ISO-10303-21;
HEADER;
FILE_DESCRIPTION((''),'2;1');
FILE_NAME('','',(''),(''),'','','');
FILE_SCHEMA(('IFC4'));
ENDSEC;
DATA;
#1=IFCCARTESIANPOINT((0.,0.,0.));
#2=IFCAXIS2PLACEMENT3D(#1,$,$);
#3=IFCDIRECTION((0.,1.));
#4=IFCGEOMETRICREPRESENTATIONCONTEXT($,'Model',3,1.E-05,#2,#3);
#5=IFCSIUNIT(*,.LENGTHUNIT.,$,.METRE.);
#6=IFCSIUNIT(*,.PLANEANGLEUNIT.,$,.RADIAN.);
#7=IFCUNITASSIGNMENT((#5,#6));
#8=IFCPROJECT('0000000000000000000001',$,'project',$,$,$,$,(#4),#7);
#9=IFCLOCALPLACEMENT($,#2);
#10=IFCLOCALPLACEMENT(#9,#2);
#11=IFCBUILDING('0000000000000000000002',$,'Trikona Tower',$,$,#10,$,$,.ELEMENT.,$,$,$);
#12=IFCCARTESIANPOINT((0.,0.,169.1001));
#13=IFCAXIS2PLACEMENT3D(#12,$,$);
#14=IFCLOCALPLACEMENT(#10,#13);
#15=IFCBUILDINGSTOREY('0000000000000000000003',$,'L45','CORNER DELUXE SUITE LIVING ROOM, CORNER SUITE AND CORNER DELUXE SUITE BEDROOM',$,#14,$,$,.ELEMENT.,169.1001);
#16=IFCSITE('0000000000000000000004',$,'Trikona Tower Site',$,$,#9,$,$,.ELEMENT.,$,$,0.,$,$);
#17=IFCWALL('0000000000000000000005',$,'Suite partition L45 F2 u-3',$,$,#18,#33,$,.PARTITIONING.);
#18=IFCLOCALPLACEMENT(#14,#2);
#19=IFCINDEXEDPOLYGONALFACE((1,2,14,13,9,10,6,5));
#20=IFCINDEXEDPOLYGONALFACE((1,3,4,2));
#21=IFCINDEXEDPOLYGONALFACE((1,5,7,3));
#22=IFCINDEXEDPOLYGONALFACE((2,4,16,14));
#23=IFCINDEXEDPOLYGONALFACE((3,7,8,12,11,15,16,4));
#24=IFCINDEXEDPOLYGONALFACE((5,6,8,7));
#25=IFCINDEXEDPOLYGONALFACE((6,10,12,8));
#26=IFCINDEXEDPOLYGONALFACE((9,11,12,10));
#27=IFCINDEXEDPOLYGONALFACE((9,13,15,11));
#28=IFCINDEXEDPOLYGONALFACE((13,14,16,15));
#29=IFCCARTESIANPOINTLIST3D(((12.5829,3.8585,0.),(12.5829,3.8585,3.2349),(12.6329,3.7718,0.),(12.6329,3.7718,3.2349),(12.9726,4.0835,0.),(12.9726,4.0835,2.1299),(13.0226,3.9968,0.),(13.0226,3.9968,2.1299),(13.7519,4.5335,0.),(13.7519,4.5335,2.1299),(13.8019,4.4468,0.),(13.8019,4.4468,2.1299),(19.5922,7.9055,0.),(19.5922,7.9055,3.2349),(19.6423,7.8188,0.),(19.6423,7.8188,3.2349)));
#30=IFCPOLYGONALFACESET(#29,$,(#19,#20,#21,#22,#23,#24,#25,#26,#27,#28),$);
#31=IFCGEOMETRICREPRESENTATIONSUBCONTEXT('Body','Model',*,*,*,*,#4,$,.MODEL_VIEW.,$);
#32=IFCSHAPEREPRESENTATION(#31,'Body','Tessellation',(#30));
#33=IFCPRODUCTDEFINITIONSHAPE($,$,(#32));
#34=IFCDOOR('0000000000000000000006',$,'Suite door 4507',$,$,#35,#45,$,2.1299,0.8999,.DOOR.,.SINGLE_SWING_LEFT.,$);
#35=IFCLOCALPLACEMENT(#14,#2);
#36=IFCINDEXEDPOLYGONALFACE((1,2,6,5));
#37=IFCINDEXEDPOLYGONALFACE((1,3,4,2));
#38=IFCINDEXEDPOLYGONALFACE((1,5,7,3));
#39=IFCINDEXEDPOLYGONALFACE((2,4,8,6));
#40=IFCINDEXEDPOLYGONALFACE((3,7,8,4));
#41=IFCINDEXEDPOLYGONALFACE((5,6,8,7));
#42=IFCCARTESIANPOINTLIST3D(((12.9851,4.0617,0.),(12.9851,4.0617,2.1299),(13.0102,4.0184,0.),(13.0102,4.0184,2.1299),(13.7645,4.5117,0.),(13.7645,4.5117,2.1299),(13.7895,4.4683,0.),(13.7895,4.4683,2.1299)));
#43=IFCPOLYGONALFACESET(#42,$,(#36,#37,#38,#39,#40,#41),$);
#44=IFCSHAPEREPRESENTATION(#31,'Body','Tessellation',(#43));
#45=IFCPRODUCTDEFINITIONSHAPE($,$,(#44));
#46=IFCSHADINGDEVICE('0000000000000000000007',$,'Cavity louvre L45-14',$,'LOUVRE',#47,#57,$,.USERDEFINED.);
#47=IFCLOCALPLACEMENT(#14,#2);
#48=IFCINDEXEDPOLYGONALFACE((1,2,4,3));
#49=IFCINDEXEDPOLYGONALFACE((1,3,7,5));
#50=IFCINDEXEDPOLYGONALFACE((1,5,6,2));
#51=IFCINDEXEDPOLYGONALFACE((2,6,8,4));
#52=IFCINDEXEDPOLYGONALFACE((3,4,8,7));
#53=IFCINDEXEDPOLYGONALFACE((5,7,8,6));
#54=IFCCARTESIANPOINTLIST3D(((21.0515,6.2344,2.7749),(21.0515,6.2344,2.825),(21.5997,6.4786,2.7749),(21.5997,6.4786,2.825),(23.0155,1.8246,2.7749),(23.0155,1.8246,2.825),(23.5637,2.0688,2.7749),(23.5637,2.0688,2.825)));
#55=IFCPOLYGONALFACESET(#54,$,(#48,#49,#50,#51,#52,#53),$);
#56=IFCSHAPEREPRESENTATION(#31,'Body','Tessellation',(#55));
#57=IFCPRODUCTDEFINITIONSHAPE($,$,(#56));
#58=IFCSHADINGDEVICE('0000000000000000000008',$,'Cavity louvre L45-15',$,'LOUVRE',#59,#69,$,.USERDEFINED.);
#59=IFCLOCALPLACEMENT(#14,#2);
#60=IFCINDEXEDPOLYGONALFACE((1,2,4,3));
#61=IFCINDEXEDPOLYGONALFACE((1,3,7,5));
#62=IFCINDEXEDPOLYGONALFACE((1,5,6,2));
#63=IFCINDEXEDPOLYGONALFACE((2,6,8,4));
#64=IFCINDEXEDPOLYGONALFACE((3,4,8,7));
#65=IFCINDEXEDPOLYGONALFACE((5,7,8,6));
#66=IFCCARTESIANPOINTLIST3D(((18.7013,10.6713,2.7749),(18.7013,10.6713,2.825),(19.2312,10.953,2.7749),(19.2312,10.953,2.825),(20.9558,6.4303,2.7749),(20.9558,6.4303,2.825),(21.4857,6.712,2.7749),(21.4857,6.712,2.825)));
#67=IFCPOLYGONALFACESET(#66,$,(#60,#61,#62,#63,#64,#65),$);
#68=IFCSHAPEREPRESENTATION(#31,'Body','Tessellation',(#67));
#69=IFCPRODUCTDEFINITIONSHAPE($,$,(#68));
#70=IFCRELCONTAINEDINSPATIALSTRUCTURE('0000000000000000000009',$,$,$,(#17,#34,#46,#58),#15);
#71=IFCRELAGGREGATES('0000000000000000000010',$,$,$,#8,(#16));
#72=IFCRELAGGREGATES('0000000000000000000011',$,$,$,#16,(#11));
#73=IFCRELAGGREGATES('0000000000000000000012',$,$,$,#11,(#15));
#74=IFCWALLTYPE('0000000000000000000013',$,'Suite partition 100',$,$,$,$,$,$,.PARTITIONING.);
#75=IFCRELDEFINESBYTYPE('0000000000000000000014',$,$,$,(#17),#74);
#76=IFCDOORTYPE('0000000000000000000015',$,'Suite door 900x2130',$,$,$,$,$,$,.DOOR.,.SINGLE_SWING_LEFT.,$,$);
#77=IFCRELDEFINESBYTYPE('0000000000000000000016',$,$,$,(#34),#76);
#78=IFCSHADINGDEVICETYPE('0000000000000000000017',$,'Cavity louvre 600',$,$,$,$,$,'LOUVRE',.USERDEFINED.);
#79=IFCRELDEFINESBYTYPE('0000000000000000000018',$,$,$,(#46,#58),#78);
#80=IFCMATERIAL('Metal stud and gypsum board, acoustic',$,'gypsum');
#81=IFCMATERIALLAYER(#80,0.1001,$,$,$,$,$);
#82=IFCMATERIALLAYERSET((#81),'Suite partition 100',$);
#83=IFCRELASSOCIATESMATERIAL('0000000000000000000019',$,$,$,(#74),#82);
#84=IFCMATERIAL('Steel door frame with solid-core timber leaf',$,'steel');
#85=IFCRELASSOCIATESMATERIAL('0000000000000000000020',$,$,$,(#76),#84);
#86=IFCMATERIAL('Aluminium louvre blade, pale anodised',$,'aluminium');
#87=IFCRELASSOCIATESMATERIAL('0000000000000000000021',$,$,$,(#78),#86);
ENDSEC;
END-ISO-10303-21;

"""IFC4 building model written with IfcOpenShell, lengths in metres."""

from ifc_helpers import new_model, si_unit, direction, frame, frame_2d, origin, origin_2d, place, context, subcontext, project, spatial, rectangle, extrude, material, layer, layer_set, type_object, element, fill, save


model = new_model("IFC4")

# Units and contexts
model_context = context("Model", 3, precision=1e-05, world=origin(), true_north=direction((0.0, 1.0)))
body_context = subcontext(model_context, "Body", "Model", "MODEL_VIEW")
ifc_project = project(units=[si_unit("LENGTHUNIT", "METRE"), si_unit("PLANEANGLEUNIT", "RADIAN")], contexts=[model_context])

# Site, building, storey
site_placement = place(None, origin())
site = spatial("IfcSite", under=ifc_project, at=site_placement, Name="Trikona Tower Site", CompositionType="ELEMENT", RefElevation=0.0)
building_placement = place(site_placement, origin())
building = spatial("IfcBuilding", under=site, at=building_placement, Name="Trikona Tower", CompositionType="ELEMENT")
storey_placement = place(building_placement, frame((0.0, 0.0, 169.1001)))
storey = spatial("IfcBuildingStorey", under=building, at=storey_placement, Name="L45", Description="CORNER DELUXE SUITE LIVING ROOM, CORNER SUITE AND CORNER DELUXE SUITE BEDROOM", CompositionType="ELEMENT", Elevation=169.1001)

# Wall, opening, door
ifc_material_1 = material(Name="Metal stud and gypsum board, acoustic", Category="gypsum")
ifc_layer_1 = layer(ifc_material_1, 0.1001)
ifc_layer_set_1 = layer_set([ifc_layer_1], Name="Suite partition 100")
wall_type_1 = type_object("IfcWallType", Name="Suite partition 100", PredefinedType="PARTITIONING", material=ifc_layer_set_1)
wall_1_placement = place(storey_placement, frame((12.6079, 3.8152, 0.0), z_axis=(0.0, 0.0, 1.0), x_axis=(0.866022, 0.500006, 0.0)))
wall_1 = element("IfcWall", 1, at=wall_1_placement, inside=storey, type_object=wall_type_1, Name="Suite partition L45 F2 u-3", PredefinedType="PARTITIONING", context=body_context, shape_type="SweptSolid", body=[
    extrude(rectangle(XDim=8.0938, YDim=0.1001, at=frame_2d((4.0469, 0.0))), origin(), (0.0, 0.0, 1.0), 3.2349),
])
opening_1_placement = place(wall_1_placement, frame((0.45, 0.0, 0.0)))
opening_1 = element("IfcOpeningElement", 2, at=opening_1_placement, cuts=wall_1, PredefinedType="OPENING", context=body_context, shape_type="SweptSolid", body=[
    extrude(rectangle(XDim=0.8999, YDim=2.1299, at=frame_2d((0.45, 1.0649))), frame((0.0, 0.0601, 0.0), z_axis=(0.0, -1.0, 0.0), x_axis=(1.0, 0.0, 0.0)), (0.0, 0.0, 1.0), 0.1201),
])
ifc_material_2 = material(Name="Steel door frame with solid-core timber leaf", Category="steel")
door_type = type_object("IfcDoorType", Name="Suite door 900x2130", OperationType="SINGLE_SWING_LEFT", PredefinedType="DOOR", material=ifc_material_2)
door_placement = place(opening_1_placement, origin())
door = element("IfcDoor", 3, at=door_placement, inside=storey, type_object=door_type, Name="Suite door 4507", OperationType="SINGLE_SWING_LEFT", OverallHeight=2.1299, OverallWidth=0.8999, PredefinedType="DOOR", context=body_context, shape_type="SweptSolid", body=[
    extrude(rectangle(XDim=0.8999, YDim=2.1299, at=frame_2d((0.45, 1.0649))), frame((0.0, 0.0249, 0.0), z_axis=(0.0, -1.0, 0.0), x_axis=(1.0, 0.0, 0.0)), (0.0, 0.0, 1.0), 0.05),
])
fill(opening_1, door)

# Shading devices
ifc_material_3 = material(Name="Aluminium louvre blade, pale anodised", Category="aluminium")
shading_device_type = type_object("IfcShadingDeviceType", Name="Cavity louvre 600", ElementType="LOUVRE", PredefinedType="USERDEFINED", material=ifc_material_3)
shading_device_1_placement = place(storey_placement, frame((22.3076, 4.1516, 2.7749), z_axis=(0.0, 0.0, 1.0), x_axis=(-0.406843, 0.913498, 0.0)))
element("IfcShadingDevice", 4, at=shading_device_1_placement, inside=storey, type_object=shading_device_type, Name="Cavity louvre L45-14", ObjectType="LOUVRE", PredefinedType="USERDEFINED", context=body_context, shape_type="SweptSolid", body=[
    extrude(rectangle(XDim=4.8274, YDim=0.6001, at=origin_2d()), origin(), (0.0, 0.0, 1.0), 0.05),
])
shading_device_2_placement = place(storey_placement, frame((20.0935, 8.6917, 2.7749), z_axis=(0.0, 0.0, 1.0), x_axis=(-0.469398, 0.882987, 0.0)))
element("IfcShadingDevice", 5, at=shading_device_2_placement, inside=storey, type_object=shading_device_type, Name="Cavity louvre L45-15", ObjectType="LOUVRE", PredefinedType="USERDEFINED", context=body_context, shape_type="SweptSolid", body=[
    extrude(rectangle(XDim=4.803, YDim=0.6001, at=origin_2d()), origin(), (0.0, 0.0, 1.0), 0.05),
])

save(model, "model.ifc")
